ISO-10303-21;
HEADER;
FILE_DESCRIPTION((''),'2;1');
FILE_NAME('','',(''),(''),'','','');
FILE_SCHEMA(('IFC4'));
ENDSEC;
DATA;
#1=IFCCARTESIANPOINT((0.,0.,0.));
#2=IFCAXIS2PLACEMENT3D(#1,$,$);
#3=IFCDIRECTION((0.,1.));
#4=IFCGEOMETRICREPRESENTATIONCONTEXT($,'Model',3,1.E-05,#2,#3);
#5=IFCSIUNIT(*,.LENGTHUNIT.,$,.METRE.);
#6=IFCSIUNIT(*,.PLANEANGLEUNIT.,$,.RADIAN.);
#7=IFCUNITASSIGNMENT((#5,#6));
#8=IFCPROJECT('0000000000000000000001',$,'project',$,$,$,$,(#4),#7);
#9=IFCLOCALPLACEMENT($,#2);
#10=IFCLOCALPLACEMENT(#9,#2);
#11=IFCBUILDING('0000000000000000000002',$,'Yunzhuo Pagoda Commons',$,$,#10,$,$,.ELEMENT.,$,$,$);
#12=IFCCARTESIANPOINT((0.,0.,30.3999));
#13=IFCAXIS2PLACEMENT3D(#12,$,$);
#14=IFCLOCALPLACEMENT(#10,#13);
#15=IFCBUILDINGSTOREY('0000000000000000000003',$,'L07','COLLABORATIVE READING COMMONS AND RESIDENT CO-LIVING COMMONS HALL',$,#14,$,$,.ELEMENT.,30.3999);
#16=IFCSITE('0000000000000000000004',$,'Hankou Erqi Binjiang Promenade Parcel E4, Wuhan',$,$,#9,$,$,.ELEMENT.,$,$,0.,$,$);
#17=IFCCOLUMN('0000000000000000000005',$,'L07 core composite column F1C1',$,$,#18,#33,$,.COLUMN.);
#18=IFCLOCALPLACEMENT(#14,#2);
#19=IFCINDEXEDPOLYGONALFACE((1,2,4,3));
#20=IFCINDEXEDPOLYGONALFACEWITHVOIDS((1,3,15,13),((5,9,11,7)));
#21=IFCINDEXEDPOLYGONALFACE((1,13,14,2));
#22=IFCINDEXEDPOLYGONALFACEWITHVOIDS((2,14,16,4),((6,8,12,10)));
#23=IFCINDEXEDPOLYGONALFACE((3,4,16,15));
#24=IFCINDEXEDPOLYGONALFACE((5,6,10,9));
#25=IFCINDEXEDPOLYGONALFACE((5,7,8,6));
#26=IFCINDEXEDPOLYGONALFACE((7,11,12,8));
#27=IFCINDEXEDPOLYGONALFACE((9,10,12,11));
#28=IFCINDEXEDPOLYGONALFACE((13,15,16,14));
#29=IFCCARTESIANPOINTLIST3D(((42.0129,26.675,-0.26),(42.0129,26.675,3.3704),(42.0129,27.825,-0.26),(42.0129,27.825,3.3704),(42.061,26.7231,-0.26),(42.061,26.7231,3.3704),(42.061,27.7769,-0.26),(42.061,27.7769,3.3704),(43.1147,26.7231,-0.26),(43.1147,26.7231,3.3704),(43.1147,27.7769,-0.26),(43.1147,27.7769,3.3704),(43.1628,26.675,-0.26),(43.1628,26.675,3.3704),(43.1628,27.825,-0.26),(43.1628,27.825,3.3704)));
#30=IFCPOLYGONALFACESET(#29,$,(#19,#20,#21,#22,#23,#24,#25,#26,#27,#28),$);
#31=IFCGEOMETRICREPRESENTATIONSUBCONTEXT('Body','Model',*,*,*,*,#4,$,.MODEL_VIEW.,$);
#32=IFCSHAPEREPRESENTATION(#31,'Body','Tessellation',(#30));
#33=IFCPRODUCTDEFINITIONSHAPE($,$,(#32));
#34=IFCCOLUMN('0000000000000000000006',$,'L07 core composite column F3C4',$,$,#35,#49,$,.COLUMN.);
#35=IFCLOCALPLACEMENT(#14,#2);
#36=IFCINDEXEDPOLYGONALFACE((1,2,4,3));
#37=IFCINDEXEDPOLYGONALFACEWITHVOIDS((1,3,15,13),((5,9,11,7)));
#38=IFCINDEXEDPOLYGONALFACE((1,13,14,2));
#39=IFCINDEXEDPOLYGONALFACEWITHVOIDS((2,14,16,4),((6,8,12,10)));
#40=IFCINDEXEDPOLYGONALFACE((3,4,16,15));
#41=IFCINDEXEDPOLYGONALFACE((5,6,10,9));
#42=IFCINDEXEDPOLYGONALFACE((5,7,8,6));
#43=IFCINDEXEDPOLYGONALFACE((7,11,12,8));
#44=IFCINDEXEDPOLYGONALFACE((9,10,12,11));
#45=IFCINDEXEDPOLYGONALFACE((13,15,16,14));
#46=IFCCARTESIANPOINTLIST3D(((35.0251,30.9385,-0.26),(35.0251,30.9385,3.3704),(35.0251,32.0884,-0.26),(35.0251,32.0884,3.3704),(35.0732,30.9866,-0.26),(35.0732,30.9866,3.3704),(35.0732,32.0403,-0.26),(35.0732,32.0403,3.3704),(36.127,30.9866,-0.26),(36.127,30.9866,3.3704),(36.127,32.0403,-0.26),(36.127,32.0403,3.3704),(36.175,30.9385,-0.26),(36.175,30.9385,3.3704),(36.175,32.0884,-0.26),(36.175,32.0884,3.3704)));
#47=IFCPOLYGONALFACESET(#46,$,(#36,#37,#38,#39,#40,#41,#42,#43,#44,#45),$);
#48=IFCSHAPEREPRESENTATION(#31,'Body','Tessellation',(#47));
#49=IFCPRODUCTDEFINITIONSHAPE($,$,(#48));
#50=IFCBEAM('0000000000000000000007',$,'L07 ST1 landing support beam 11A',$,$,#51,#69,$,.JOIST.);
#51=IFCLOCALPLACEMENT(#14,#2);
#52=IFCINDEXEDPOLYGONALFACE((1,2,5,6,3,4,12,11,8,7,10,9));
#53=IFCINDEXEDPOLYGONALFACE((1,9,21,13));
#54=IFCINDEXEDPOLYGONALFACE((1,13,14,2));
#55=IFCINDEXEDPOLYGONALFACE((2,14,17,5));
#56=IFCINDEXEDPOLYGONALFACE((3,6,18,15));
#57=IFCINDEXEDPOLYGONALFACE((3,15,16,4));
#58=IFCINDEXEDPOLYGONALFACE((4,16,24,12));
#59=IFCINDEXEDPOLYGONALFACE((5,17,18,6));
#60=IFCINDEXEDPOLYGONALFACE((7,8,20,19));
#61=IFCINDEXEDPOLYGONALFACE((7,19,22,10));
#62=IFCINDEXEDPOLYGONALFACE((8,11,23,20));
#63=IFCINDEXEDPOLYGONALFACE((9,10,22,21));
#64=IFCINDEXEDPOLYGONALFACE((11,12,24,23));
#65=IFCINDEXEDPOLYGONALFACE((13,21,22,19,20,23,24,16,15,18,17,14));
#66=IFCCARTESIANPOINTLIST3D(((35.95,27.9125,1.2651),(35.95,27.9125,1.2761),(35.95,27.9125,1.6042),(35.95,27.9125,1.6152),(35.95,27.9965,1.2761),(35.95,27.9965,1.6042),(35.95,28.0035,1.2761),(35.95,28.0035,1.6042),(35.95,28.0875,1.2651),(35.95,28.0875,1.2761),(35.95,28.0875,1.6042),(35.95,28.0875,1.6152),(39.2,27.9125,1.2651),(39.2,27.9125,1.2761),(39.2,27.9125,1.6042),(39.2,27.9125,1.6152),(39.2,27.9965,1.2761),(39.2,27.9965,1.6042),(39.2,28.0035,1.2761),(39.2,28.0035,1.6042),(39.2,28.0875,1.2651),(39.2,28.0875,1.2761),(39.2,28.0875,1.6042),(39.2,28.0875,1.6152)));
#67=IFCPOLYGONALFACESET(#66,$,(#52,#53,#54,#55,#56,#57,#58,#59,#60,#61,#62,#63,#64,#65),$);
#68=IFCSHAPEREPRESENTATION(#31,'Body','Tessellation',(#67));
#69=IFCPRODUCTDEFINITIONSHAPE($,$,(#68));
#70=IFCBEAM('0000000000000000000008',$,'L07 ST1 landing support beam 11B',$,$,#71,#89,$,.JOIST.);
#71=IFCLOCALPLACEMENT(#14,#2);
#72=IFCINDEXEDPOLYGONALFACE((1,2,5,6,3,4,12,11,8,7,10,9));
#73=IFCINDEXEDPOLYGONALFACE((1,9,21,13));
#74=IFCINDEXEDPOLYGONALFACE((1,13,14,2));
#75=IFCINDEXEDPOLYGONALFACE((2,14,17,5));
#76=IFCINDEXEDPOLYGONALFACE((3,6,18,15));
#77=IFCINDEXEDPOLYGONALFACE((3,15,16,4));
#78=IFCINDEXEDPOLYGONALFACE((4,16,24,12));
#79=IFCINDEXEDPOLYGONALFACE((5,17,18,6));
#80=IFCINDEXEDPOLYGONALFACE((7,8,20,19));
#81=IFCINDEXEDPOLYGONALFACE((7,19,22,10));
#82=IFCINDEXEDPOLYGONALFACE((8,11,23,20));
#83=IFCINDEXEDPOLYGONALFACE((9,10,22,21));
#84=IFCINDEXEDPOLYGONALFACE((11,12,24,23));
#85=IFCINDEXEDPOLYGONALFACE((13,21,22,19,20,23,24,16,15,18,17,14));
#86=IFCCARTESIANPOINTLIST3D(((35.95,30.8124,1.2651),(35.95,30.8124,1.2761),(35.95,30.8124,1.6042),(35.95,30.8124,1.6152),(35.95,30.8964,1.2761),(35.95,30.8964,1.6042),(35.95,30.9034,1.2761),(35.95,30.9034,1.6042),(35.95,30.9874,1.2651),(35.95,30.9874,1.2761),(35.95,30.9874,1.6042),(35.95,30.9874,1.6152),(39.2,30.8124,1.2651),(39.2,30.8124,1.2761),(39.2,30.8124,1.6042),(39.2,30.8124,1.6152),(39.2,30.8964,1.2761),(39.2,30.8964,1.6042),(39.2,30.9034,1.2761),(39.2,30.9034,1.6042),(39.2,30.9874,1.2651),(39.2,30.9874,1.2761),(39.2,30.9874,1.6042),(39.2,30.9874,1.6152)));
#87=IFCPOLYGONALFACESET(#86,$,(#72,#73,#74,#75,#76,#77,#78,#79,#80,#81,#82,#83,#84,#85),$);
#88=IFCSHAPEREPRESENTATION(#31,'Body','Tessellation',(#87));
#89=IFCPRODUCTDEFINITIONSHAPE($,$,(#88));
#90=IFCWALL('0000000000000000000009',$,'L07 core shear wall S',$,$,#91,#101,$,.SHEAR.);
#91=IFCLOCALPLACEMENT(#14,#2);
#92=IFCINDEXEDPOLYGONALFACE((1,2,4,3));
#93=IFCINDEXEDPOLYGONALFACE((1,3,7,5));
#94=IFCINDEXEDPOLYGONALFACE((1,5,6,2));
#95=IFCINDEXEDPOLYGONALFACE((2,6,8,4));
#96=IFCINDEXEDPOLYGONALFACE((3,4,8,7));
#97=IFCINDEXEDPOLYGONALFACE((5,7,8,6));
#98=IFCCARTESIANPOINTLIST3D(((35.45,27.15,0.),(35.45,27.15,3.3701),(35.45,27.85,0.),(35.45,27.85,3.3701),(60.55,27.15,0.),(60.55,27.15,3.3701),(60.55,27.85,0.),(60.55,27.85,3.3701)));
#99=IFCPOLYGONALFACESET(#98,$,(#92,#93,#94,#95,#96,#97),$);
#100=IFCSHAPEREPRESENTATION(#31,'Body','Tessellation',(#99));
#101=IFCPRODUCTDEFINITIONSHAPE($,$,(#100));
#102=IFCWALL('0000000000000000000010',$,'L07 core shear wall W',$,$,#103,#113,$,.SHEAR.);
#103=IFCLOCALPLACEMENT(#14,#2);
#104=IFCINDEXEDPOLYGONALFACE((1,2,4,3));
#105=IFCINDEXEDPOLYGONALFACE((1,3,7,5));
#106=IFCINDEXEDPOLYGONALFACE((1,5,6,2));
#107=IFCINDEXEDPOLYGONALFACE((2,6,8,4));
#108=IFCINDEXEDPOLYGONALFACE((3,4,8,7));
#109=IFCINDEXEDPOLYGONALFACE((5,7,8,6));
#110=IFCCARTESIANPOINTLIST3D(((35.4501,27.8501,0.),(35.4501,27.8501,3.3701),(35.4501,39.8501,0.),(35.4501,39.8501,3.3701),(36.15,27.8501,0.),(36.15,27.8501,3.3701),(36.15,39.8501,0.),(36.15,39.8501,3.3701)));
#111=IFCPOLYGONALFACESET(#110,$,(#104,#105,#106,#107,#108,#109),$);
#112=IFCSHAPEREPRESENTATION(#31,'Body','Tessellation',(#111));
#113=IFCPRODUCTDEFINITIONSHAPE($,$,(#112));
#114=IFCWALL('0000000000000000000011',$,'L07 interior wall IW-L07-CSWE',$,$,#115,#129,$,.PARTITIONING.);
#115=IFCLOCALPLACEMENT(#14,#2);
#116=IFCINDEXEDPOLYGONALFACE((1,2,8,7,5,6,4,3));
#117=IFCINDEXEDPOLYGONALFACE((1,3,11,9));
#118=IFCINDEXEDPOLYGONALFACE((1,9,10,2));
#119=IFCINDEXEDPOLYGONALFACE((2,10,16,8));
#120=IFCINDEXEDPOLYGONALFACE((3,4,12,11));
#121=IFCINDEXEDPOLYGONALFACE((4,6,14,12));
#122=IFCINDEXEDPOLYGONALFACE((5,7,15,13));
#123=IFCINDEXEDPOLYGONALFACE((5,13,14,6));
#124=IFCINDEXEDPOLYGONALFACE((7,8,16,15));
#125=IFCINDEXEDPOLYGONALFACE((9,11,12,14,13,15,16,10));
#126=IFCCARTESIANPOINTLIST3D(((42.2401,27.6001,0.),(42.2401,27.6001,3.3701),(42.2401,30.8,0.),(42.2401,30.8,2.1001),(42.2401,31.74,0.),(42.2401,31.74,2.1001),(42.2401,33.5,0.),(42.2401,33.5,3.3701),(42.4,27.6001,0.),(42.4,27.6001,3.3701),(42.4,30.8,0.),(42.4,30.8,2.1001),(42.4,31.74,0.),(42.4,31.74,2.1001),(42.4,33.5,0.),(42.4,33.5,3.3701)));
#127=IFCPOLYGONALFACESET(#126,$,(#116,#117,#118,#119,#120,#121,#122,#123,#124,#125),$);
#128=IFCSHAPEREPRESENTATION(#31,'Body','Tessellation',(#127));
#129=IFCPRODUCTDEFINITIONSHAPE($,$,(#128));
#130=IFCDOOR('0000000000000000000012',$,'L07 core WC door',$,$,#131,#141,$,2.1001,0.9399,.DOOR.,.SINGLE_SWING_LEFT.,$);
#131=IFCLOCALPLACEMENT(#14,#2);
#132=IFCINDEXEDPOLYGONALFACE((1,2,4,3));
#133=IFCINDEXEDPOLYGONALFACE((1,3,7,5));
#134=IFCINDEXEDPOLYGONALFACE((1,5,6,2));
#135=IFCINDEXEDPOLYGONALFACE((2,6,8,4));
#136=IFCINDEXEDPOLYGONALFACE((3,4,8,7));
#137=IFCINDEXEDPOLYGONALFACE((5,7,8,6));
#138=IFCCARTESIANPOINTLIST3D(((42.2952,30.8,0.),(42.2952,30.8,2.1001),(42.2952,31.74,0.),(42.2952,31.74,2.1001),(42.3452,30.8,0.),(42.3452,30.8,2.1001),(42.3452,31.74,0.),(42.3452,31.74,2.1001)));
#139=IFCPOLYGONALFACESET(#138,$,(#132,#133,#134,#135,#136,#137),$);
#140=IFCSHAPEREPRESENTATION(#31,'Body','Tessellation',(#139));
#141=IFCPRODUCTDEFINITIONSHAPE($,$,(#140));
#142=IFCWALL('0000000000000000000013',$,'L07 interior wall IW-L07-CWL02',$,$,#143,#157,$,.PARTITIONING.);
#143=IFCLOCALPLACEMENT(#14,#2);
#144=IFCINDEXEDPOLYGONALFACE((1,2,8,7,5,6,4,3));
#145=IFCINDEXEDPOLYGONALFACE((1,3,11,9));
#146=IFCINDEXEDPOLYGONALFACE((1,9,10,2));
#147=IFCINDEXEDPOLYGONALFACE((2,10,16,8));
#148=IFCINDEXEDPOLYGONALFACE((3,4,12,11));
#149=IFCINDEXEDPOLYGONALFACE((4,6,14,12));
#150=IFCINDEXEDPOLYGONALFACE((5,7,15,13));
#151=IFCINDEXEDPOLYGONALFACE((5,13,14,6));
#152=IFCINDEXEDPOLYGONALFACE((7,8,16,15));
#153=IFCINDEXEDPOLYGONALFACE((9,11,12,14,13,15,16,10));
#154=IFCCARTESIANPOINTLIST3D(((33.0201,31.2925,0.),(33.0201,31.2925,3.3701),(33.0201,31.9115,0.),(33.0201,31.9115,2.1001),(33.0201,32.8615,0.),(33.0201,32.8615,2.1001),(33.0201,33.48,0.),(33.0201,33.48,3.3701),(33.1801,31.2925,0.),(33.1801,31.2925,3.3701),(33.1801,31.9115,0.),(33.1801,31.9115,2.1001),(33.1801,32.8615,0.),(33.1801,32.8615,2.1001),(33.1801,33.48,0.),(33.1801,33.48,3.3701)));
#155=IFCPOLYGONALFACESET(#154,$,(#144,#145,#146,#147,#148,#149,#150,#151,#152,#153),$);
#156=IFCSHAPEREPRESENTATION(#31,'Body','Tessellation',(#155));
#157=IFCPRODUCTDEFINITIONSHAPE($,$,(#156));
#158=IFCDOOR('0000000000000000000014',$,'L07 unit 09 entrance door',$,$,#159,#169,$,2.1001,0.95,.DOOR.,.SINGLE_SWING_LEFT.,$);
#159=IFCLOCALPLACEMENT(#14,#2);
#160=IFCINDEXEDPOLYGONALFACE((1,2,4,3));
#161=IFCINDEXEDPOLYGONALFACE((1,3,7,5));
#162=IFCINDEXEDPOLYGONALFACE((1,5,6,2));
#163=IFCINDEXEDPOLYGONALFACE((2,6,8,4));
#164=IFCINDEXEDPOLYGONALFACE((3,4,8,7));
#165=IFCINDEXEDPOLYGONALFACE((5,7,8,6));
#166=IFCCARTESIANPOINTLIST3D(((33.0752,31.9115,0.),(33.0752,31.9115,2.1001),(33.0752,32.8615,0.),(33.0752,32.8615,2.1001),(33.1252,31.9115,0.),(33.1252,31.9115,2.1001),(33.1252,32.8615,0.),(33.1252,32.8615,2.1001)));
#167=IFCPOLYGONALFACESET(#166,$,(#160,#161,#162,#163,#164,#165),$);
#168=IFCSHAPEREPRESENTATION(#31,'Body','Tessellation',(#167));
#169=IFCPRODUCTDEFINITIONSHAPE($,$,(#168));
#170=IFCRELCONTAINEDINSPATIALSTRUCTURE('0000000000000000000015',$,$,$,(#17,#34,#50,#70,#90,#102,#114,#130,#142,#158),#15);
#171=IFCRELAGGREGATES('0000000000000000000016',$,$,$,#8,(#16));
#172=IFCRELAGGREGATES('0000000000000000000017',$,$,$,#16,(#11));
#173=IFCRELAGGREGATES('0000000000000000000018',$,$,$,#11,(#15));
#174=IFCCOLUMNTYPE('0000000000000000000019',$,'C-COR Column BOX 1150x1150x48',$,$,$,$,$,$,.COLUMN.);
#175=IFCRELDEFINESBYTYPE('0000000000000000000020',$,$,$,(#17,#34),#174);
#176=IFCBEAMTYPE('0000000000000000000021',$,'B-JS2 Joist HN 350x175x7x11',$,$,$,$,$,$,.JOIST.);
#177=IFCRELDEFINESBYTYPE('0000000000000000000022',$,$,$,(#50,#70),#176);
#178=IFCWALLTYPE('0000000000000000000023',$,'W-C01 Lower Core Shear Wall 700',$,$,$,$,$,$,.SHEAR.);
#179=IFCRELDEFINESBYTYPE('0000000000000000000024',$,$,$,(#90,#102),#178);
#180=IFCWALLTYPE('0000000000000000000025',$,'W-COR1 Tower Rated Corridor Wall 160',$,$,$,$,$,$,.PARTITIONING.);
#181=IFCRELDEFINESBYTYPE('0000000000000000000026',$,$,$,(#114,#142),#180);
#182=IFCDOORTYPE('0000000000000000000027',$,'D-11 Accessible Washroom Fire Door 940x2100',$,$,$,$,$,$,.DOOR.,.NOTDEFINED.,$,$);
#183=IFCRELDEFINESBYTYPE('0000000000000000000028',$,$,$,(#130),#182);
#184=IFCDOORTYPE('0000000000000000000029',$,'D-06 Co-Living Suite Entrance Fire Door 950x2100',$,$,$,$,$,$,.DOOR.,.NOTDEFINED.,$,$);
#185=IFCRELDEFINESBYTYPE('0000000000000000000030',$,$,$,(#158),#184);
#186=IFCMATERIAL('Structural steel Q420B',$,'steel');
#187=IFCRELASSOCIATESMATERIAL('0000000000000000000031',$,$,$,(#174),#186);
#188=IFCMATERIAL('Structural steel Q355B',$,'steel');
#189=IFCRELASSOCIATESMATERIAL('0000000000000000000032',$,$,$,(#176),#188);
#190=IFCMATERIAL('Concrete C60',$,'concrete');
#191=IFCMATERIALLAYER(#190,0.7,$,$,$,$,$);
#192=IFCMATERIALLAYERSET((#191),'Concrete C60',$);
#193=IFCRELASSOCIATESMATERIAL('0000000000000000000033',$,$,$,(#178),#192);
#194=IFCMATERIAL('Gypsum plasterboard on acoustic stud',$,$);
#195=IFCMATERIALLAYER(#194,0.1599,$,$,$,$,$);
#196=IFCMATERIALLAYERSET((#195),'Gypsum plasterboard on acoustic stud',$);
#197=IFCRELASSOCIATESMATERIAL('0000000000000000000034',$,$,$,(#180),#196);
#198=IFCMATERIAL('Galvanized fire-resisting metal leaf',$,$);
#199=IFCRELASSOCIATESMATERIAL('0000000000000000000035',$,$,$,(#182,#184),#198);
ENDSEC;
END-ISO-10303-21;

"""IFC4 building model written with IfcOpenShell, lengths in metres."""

from ifc_helpers import new_model, si_unit, direction, frame, frame_2d, origin, origin_with_axes, origin_2d, place, context, subcontext, project, spatial, rectangle, hollow_rectangle, i_section, extrude, source, transform, mapped, material, layer, layer_set, material_profile, profile_set, type_object, element, fill, save


model = new_model("IFC4")

# Units and contexts
model_context = context("Model", 3, precision=1e-05, world=origin(), true_north=direction((0.0, 1.0)))
body_context = subcontext(model_context, "Body", "Model", "MODEL_VIEW")
ifc_project = project(units=[si_unit("LENGTHUNIT", "METRE"), si_unit("PLANEANGLEUNIT", "RADIAN")], contexts=[model_context])

# Site, building, storey
site_placement = place(None, origin())
site = spatial("IfcSite", under=ifc_project, at=site_placement, Name="Hankou Erqi Binjiang Promenade Parcel E4, Wuhan", CompositionType="ELEMENT", RefElevation=0.0)
building_placement = place(site_placement, origin())
building = spatial("IfcBuilding", under=site, at=building_placement, Name="Yunzhuo Pagoda Commons", CompositionType="ELEMENT")
storey_placement = place(building_placement, frame((0.0, 0.0, 30.3999)))
storey = spatial("IfcBuildingStorey", under=building, at=storey_placement, Name="L07", Description="COLLABORATIVE READING COMMONS AND RESIDENT CO-LIVING COMMONS HALL", CompositionType="ELEMENT", Elevation=30.3999)

# Columns
ifc_material_1 = material(Name="Structural steel Q420B", Category="steel")
ifc_material_profile_1 = material_profile(ifc_material_1, hollow_rectangle(XDim=1.1499, YDim=1.1499, WallThickness=0.0481, at=origin_2d()), Name="Structural steel Q420B")
ifc_profile_set_1 = profile_set([ifc_material_profile_1], Name="Structural steel Q420B")
column_type = type_object("IfcColumnType", Name="C-COR Column BOX 1150x1150x48", PredefinedType="COLUMN", material=ifc_profile_set_1)
shared_shape_1 = source(origin(), body_context, "Body", "SweptSolid", [
    extrude(hollow_rectangle(XDim=1.1499, YDim=1.1499, WallThickness=0.0481, at=origin_2d()), origin(), (0.0, 0.0, 1.0), 3.6304),
])
for number, where, z_axis, x_axis, name in (
    (1, (42.5879, 27.25, -0.26), (0.0, 0.0, 1.0), (1.0, 0.0, 0.0), "L07 core composite column F1C1"),
    (2, (35.6001, 31.5134, -0.26), (0.0, 0.0, 1.0), (1.0, 0.0, 0.0), "L07 core composite column F3C4"),
):
    element("IfcColumn", number, at=place(storey_placement, frame(where, z_axis=z_axis, x_axis=x_axis)), inside=storey, type_object=column_type, Name=name, PredefinedType="COLUMN", context=body_context, shape_type="MappedRepresentation", body=[
        mapped(shared_shape_1, transform((0.0, 0.0, 0.0), scale=1.0)),
    ])

# Beams
ifc_material_2 = material(Name="Structural steel Q355B", Category="steel")
ifc_material_profile_2 = material_profile(ifc_material_2, i_section(OverallWidth=0.175, OverallDepth=0.3501, WebThickness=0.0071, FlangeThickness=0.011, at=origin_2d()), Name="Structural steel Q355B")
ifc_profile_set_2 = profile_set([ifc_material_profile_2], Name="Structural steel Q355B")
beam_type = type_object("IfcBeamType", Name="B-JS2 Joist HN 350x175x7x11", PredefinedType="JOIST", material=ifc_profile_set_2)
shared_shape_2 = source(origin(), body_context, "Body", "SweptSolid", [
    extrude(i_section(OverallWidth=0.175, OverallDepth=0.3501, WebThickness=0.0071, FlangeThickness=0.011, at=origin_2d()), origin(), (0.0, 0.0, 1.0), 3.25),
])
for number, where, z_axis, x_axis, name in (
    (3, (35.95, 28.0, 1.4402), (1.0, 0.0, 0.0), (0.0, 1.0, 0.0), "L07 ST1 landing support beam 11A"),
    (4, (35.95, 30.8999, 1.4402), (1.0, 0.0, 0.0), (0.0, 1.0, 0.0), "L07 ST1 landing support beam 11B"),
):
    element("IfcBeam", number, at=place(storey_placement, frame(where, z_axis=z_axis, x_axis=x_axis)), inside=storey, type_object=beam_type, Name=name, PredefinedType="JOIST", context=body_context, shape_type="MappedRepresentation", body=[
        mapped(shared_shape_2, transform((0.0, 0.0, 0.0), scale=1.0)),
    ])

# Walls
ifc_material_3 = material(Name="Concrete C60", Category="concrete")
ifc_layer_1 = layer(ifc_material_3, 0.7)
ifc_layer_set_1 = layer_set([ifc_layer_1], Name="Concrete C60")
wall_type_1 = type_object("IfcWallType", Name="W-C01 Lower Core Shear Wall 700", PredefinedType="SHEAR", material=ifc_layer_set_1)
wall_1_placement = place(storey_placement, frame((35.45, 27.5, 0.0), z_axis=(0.0, 0.0, 1.0), x_axis=(1.0, 0.0, 0.0)))
element("IfcWall", 5, at=wall_1_placement, inside=storey, type_object=wall_type_1, Name="L07 core shear wall S", PredefinedType="SHEAR", context=body_context, shape_type="SweptSolid", body=[
    extrude(rectangle(XDim=25.1001, YDim=0.7, at=frame_2d((12.55, 0.0))), origin(), (0.0, 0.0, 1.0), 3.3701),
])
wall_2_placement = place(storey_placement, frame((35.8, 27.8501, 0.0), z_axis=(0.0, 0.0, 1.0), x_axis=(0.0, 1.0, 0.0)))
element("IfcWall", 6, at=wall_2_placement, inside=storey, type_object=wall_type_1, Name="L07 core shear wall W", PredefinedType="SHEAR", context=body_context, shape_type="SweptSolid", body=[
    extrude(rectangle(XDim=12.0, YDim=0.7, at=frame_2d((6.0, 0.0))), origin(), (0.0, 0.0, 1.0), 3.3701),
])

# Walls, openings, doors
ifc_material_4 = material(Name="Gypsum plasterboard on acoustic stud")
ifc_layer_2 = layer(ifc_material_4, 0.1599)
ifc_layer_set_2 = layer_set([ifc_layer_2], Name="Gypsum plasterboard on acoustic stud")
wall_type_2 = type_object("IfcWallType", Name="W-COR1 Tower Rated Corridor Wall 160", PredefinedType="PARTITIONING", material=ifc_layer_set_2)
wall_3_placement = place(storey_placement, frame((42.3201, 27.6001, 0.0), z_axis=(0.0, 0.0, 1.0), x_axis=(0.0, 1.0, 0.0)))
wall_3 = element("IfcWall", 7, at=wall_3_placement, inside=storey, type_object=wall_type_2, Name="L07 interior wall IW-L07-CSWE", PredefinedType="PARTITIONING", context=body_context, shape_type="SweptSolid", body=[
    extrude(rectangle(XDim=5.8999, YDim=0.1599, at=frame_2d((2.95, 0.0))), origin(), (0.0, 0.0, 1.0), 3.3701),
])
opening_1_placement = place(wall_3_placement, frame((3.2, 0.0, 0.0)))
opening_1 = element("IfcOpeningElement", 8, at=opening_1_placement, cuts=wall_3, PredefinedType="OPENING", context=body_context, shape_type="SweptSolid", body=[
    extrude(rectangle(XDim=0.9399, YDim=2.1001, at=frame_2d((0.47, 1.05))), frame((0.0, 0.0898, 0.0), z_axis=(0.0, -1.0, 0.0), x_axis=(1.0, 0.0, 0.0)), (0.0, 0.0, 1.0), 0.1799),
])
ifc_material_5 = material(Name="Galvanized fire-resisting metal leaf")
door_type_1 = type_object("IfcDoorType", Name="D-11 Accessible Washroom Fire Door 940x2100", OperationType="NOTDEFINED", PredefinedType="DOOR", material=ifc_material_5)
shared_shape_3 = source(origin(), body_context, "Body", "SweptSolid", [
    extrude(rectangle(XDim=0.9399, YDim=2.1001, at=frame_2d((0.47, 1.05))), frame((0.0, 0.0249, 0.0), z_axis=(0.0, -1.0, 0.0), x_axis=(1.0, 0.0, 0.0)), (0.0, 0.0, 1.0), 0.05),
])
door_1_placement = place(opening_1_placement, origin_with_axes())
door_1 = element("IfcDoor", 9, at=door_1_placement, inside=storey, type_object=door_type_1, Name="L07 core WC door", OperationType="SINGLE_SWING_LEFT", OverallHeight=2.1001, OverallWidth=0.9399, PredefinedType="DOOR", context=body_context, shape_type="MappedRepresentation", body=[
    mapped(shared_shape_3, transform((0.0, 0.0, 0.0), scale=1.0)),
])
fill(opening_1, door_1)
wall_4_placement = place(storey_placement, frame((33.1001, 31.2925, 0.0), z_axis=(0.0, 0.0, 1.0), x_axis=(0.0, 1.0, 0.0)))
wall_4 = element("IfcWall", 10, at=wall_4_placement, inside=storey, type_object=wall_type_2, Name="L07 interior wall IW-L07-CWL02", PredefinedType="PARTITIONING", context=body_context, shape_type="SweptSolid", body=[
    extrude(rectangle(XDim=2.1875, YDim=0.1599, at=frame_2d((1.0938, 0.0))), origin(), (0.0, 0.0, 1.0), 3.3701),
])
opening_2_placement = place(wall_4_placement, frame((0.6189, 0.0, 0.0)))
opening_2 = element("IfcOpeningElement", 11, at=opening_2_placement, cuts=wall_4, PredefinedType="OPENING", context=body_context, shape_type="SweptSolid", body=[
    extrude(rectangle(XDim=0.95, YDim=2.1001, at=frame_2d((0.4751, 1.05))), frame((0.0, 0.0898, 0.0), z_axis=(0.0, -1.0, 0.0), x_axis=(1.0, 0.0, 0.0)), (0.0, 0.0, 1.0), 0.1799),
])
door_type_2 = type_object("IfcDoorType", Name="D-06 Co-Living Suite Entrance Fire Door 950x2100", OperationType="NOTDEFINED", PredefinedType="DOOR", material=ifc_material_5)
shared_shape_4 = source(origin(), body_context, "Body", "SweptSolid", [
    extrude(rectangle(XDim=0.95, YDim=2.1001, at=frame_2d((0.4751, 1.05))), frame((0.0, 0.0249, 0.0), z_axis=(0.0, -1.0, 0.0), x_axis=(1.0, 0.0, 0.0)), (0.0, 0.0, 1.0), 0.05),
])
door_2_placement = place(opening_2_placement, origin_with_axes())
door_2 = element("IfcDoor", 12, at=door_2_placement, inside=storey, type_object=door_type_2, Name="L07 unit 09 entrance door", OperationType="SINGLE_SWING_LEFT", OverallHeight=2.1001, OverallWidth=0.95, PredefinedType="DOOR", context=body_context, shape_type="MappedRepresentation", body=[
    mapped(shared_shape_4, transform((0.0, 0.0, 0.0), scale=1.0)),
])
fill(opening_2, door_2)

save(model, "model.ifc")
